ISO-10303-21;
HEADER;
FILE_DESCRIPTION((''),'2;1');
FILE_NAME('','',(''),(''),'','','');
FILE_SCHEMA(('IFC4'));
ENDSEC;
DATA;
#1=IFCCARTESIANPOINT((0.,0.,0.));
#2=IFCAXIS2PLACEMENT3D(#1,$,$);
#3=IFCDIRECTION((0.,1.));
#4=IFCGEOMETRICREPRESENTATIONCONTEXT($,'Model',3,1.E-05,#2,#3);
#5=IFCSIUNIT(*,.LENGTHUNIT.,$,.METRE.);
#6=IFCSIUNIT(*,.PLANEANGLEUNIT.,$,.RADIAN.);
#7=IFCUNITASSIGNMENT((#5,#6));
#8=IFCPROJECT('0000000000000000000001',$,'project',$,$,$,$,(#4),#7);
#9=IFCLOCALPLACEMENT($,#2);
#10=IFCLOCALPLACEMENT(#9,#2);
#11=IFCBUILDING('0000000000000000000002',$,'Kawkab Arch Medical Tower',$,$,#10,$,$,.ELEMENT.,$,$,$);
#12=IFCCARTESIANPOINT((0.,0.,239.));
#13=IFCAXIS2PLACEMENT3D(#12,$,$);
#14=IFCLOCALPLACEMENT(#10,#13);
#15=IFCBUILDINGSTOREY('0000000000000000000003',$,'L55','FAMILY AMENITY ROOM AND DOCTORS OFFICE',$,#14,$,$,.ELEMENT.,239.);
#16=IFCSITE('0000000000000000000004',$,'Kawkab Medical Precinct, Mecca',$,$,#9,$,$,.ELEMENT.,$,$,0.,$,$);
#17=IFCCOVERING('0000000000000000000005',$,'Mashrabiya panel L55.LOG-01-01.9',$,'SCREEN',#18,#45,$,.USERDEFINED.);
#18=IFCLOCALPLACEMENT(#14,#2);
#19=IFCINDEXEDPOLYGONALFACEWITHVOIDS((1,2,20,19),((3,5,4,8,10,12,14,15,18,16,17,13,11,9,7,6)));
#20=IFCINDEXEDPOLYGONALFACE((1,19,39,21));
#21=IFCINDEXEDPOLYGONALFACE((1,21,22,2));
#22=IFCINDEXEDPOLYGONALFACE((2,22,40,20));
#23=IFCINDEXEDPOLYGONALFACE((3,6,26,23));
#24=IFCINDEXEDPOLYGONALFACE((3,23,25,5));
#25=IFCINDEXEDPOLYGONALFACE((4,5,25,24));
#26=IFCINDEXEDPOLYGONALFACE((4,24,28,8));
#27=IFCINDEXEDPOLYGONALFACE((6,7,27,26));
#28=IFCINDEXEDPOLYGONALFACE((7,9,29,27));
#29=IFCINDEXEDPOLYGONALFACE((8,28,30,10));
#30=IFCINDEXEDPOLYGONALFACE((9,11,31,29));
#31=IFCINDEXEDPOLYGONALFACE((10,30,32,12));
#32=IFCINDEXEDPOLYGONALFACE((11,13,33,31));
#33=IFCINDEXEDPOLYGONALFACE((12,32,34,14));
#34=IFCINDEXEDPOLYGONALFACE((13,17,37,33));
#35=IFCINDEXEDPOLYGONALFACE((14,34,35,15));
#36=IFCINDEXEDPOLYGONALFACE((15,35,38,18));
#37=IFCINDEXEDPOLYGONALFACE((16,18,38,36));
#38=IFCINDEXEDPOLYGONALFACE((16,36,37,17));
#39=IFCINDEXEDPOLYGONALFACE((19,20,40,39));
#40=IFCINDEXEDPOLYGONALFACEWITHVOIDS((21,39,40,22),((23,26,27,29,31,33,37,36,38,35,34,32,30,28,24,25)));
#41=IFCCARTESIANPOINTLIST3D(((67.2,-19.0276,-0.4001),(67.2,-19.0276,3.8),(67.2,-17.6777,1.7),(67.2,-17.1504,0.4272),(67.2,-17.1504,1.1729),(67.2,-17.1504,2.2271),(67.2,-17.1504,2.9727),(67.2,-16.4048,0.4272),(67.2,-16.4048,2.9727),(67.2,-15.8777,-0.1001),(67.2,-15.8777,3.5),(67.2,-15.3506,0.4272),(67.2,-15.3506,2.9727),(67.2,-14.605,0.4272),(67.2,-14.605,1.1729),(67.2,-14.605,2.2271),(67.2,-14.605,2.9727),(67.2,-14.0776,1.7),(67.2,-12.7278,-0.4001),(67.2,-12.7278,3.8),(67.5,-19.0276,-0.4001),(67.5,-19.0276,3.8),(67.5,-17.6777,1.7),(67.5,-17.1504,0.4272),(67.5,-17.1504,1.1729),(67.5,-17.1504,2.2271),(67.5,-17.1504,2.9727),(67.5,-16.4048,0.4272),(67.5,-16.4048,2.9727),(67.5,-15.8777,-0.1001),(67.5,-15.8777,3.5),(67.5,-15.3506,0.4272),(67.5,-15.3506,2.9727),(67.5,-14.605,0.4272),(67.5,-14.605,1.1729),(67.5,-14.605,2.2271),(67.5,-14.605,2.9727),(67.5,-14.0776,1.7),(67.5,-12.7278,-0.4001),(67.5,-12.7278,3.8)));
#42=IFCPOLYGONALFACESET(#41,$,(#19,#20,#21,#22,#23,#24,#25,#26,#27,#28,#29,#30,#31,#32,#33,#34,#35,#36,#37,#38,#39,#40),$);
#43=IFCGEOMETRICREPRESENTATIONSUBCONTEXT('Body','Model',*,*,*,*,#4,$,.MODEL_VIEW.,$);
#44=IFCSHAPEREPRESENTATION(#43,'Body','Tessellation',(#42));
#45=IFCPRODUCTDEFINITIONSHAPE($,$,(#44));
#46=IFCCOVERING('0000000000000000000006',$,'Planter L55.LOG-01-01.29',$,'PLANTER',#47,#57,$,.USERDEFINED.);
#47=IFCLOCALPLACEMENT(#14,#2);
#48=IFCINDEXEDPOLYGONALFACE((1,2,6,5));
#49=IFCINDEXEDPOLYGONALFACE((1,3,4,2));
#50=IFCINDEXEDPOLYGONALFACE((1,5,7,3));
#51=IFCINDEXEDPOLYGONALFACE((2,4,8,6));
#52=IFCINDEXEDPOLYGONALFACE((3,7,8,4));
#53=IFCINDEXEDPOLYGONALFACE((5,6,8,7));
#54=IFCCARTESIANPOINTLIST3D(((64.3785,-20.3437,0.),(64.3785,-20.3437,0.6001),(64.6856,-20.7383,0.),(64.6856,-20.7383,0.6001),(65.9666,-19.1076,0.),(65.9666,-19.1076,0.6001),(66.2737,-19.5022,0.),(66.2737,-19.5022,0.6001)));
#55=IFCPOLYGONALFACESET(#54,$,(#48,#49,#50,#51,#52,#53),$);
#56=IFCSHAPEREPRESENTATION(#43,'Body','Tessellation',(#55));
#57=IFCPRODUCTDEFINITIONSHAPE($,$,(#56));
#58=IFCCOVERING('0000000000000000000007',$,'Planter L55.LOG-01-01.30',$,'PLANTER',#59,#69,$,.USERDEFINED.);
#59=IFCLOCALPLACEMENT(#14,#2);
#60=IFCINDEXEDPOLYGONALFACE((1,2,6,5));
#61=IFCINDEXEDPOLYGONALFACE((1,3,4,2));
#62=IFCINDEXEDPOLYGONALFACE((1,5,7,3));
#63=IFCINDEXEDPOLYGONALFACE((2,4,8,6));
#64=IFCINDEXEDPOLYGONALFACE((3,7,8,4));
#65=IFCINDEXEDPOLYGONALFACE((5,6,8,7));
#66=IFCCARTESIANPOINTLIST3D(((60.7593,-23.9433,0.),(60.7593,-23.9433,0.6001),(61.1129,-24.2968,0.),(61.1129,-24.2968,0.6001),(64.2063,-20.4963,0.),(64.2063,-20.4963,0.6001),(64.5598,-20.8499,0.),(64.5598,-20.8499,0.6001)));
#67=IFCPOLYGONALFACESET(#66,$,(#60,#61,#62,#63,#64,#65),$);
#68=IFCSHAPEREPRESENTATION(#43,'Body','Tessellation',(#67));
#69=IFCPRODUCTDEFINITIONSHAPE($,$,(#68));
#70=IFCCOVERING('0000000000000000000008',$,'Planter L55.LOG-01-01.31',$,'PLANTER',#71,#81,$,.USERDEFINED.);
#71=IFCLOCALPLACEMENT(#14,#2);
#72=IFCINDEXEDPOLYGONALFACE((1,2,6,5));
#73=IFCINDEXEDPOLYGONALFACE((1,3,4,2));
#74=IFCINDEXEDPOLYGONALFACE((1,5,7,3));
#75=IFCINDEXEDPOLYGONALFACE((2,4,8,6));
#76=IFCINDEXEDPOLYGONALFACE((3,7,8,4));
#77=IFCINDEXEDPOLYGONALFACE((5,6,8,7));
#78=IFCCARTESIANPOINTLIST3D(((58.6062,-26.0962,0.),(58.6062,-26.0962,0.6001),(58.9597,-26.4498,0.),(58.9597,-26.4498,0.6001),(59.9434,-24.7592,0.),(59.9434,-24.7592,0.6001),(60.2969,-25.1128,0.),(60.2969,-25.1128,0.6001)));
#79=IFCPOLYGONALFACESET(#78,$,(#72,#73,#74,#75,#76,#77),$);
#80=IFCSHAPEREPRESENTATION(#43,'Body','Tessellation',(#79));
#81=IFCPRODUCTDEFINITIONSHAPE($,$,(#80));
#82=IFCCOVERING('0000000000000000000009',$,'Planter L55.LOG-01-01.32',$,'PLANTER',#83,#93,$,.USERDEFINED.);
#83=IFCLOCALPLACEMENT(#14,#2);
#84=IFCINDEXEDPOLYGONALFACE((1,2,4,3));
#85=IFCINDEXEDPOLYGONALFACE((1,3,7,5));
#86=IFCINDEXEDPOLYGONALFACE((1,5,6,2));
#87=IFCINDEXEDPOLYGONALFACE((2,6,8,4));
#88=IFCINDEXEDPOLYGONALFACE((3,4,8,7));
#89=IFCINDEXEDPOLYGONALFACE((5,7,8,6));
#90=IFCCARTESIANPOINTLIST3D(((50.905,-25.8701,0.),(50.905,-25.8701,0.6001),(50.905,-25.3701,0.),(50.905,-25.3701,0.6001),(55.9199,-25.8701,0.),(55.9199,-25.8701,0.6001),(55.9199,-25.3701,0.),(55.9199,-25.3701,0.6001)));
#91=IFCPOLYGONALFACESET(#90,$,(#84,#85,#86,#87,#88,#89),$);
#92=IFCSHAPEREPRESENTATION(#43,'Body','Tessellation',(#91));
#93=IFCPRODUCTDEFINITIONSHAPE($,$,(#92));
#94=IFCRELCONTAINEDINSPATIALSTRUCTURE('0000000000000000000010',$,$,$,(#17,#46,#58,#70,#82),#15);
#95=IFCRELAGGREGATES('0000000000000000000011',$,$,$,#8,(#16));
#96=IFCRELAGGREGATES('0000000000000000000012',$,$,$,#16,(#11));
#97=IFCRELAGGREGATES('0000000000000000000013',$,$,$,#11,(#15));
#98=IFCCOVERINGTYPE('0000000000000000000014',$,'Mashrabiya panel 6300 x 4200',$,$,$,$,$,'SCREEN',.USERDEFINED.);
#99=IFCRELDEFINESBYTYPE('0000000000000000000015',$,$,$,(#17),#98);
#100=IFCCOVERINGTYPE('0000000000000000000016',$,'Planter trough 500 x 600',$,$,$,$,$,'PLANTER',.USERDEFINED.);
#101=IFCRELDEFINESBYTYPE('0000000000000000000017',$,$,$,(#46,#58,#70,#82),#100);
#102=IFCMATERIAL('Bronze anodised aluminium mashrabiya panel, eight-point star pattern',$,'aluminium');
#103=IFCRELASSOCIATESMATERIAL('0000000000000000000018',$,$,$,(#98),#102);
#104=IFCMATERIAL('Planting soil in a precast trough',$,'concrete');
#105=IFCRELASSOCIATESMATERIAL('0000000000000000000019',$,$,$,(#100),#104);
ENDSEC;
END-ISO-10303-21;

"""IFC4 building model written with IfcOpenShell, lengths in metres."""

from ifc_helpers import new_model, si_unit, direction, frame, origin, origin_2d, place, context, subcontext, project, spatial, polyline, rectangle, outline, extrude, material, material_profile, profile_set, type_object, element, save


model = new_model("IFC4")

# Units and contexts
model_context = context("Model", 3, precision=1e-05, world=origin(), true_north=direction((0.0, 1.0)))
body_context = subcontext(model_context, "Body", "Model", "MODEL_VIEW")
ifc_project = project(units=[si_unit("LENGTHUNIT", "METRE"), si_unit("PLANEANGLEUNIT", "RADIAN")], contexts=[model_context])

# Site, building, storey
site_placement = place(None, origin())
site = spatial("IfcSite", under=ifc_project, at=site_placement, Name="Kawkab Medical Precinct, Mecca", CompositionType="ELEMENT", RefElevation=0.0)
building_placement = place(site_placement, origin())
building = spatial("IfcBuilding", under=site, at=building_placement, Name="Kawkab Arch Medical Tower", CompositionType="ELEMENT")
storey_placement = place(building_placement, frame((0.0, 0.0, 239.0)))
storey = spatial("IfcBuildingStorey", under=building, at=storey_placement, Name="L55", Description="FAMILY AMENITY ROOM AND DOCTORS OFFICE", CompositionType="ELEMENT", Elevation=239.0)

# Coverings
ifc_material_1 = material(Name="Bronze anodised aluminium mashrabiya panel, eight-point star pattern", Category="aluminium")
ifc_material_profile_1 = material_profile(ifc_material_1, outline(polyline([(-3.1499, -2.1001), (3.1499, -2.1001), (3.1499, 2.1001), (-3.1499, 2.1001), (-3.1499, -2.1001)]), holes=[polyline([(1.8, 0.0), (1.2727, 0.5271), (1.2727, 1.2727), (0.5271, 1.2727), (0.0, 1.8), (-0.5271, 1.2727), (-1.2727, 1.2727), (-1.2727, 0.5271), (-1.8, 0.0), (-1.2727, -0.5271), (-1.2727, -1.2727), (-0.5271, -1.2727), (0.0, -1.8), (0.5271, -1.2727), (1.2727, -1.2727), (1.2727, -0.5271), (1.8, 0.0)])]), Name="Mashrabiya panel 6300x4200")
ifc_profile_set_1 = profile_set([ifc_material_profile_1], Name="Bronze anodised aluminium mashrabiya panel, eight-point star pattern")
covering_type_1 = type_object("IfcCoveringType", Name="Mashrabiya panel 6300 x 4200", ElementType="SCREEN", PredefinedType="USERDEFINED", material=ifc_profile_set_1)
covering_1_placement = place(storey_placement, frame((67.2, -15.8777, 1.7), z_axis=(1.0, 0.0, 0.0), x_axis=(0.0, 1.0, 0.0)))
element("IfcCovering", 1, at=covering_1_placement, inside=storey, type_object=covering_type_1, Name="Mashrabiya panel L55.LOG-01-01.9", ObjectType="SCREEN", PredefinedType="USERDEFINED", context=body_context, shape_type="SweptSolid", body=[
    extrude(outline(polyline([(-3.1499, -2.1001), (3.1499, -2.1001), (3.1499, 2.1001), (-3.1499, 2.1001), (-3.1499, -2.1001)]), holes=[polyline([(1.8, 0.0), (1.2727, 0.5271), (1.2727, 1.2727), (0.5271, 1.2727), (0.0, 1.8), (-0.5271, 1.2727), (-1.2727, 1.2727), (-1.2727, 0.5271), (-1.8, 0.0), (-1.2727, -0.5271), (-1.2727, -1.2727), (-0.5271, -1.2727), (0.0, -1.8), (0.5271, -1.2727), (1.2727, -1.2727), (1.2727, -0.5271), (1.8, 0.0)])]), origin(), (0.0, 0.0, 1.0), 0.3),
])
ifc_material_2 = material(Name="Planting soil in a precast trough", Category="concrete")
ifc_material_profile_2 = material_profile(ifc_material_2, rectangle(XDim=0.5, YDim=0.6001, at=origin_2d()), Name="Trough 500x600")
ifc_profile_set_2 = profile_set([ifc_material_profile_2], Name="Planting soil in a precast trough")
covering_type_2 = type_object("IfcCoveringType", Name="Planter trough 500 x 600", ElementType="PLANTER", PredefinedType="USERDEFINED", material=ifc_profile_set_2)
covering_2_placement = place(storey_placement, frame((66.1201, -19.3049, 0.3), z_axis=(-0.789143, -0.614209, 0.0), x_axis=(0.614209, -0.789143, 0.0)))
element("IfcCovering", 2, at=covering_2_placement, inside=storey, type_object=covering_type_2, Name="Planter L55.LOG-01-01.29", ObjectType="PLANTER", PredefinedType="USERDEFINED", context=body_context, shape_type="SweptSolid", body=[
    extrude(rectangle(XDim=0.5, YDim=0.6001, at=origin_2d()), origin(), (0.0, 0.0, 1.0), 2.0125),
])
covering_3_placement = place(storey_placement, frame((64.3831, -20.6731, 0.3), z_axis=(-0.707107, -0.707107, 0.0), x_axis=(0.707107, -0.707107, 0.0)))
element("IfcCovering", 3, at=covering_3_placement, inside=storey, type_object=covering_type_2, Name="Planter L55.LOG-01-01.30", ObjectType="PLANTER", PredefinedType="USERDEFINED", context=body_context, shape_type="SweptSolid", body=[
    extrude(rectangle(XDim=0.5, YDim=0.6001, at=origin_2d()), origin(), (0.0, 0.0, 1.0), 4.8748),
])
covering_4_placement = place(storey_placement, frame((60.1201, -24.936, 0.3), z_axis=(-0.707171, -0.707042, 0.0), x_axis=(0.707042, -0.707171, 0.0)))
element("IfcCovering", 4, at=covering_4_placement, inside=storey, type_object=covering_type_2, Name="Planter L55.LOG-01-01.31", ObjectType="PLANTER", PredefinedType="USERDEFINED", context=body_context, shape_type="SweptSolid", body=[
    extrude(rectangle(XDim=0.5, YDim=0.6001, at=origin_2d()), origin(), (0.0, 0.0, 1.0), 1.8909),
])
covering_5_placement = place(storey_placement, frame((55.9199, -25.6201, 0.3), z_axis=(-1.0, 0.0, 0.0), x_axis=(0.0, -1.0, 0.0)))
element("IfcCovering", 5, at=covering_5_placement, inside=storey, type_object=covering_type_2, Name="Planter L55.LOG-01-01.32", ObjectType="PLANTER", PredefinedType="USERDEFINED", context=body_context, shape_type="SweptSolid", body=[
    extrude(rectangle(XDim=0.5, YDim=0.6001, at=origin_2d()), origin(), (0.0, 0.0, 1.0), 5.0149),
])

save(model, "model.ifc")
